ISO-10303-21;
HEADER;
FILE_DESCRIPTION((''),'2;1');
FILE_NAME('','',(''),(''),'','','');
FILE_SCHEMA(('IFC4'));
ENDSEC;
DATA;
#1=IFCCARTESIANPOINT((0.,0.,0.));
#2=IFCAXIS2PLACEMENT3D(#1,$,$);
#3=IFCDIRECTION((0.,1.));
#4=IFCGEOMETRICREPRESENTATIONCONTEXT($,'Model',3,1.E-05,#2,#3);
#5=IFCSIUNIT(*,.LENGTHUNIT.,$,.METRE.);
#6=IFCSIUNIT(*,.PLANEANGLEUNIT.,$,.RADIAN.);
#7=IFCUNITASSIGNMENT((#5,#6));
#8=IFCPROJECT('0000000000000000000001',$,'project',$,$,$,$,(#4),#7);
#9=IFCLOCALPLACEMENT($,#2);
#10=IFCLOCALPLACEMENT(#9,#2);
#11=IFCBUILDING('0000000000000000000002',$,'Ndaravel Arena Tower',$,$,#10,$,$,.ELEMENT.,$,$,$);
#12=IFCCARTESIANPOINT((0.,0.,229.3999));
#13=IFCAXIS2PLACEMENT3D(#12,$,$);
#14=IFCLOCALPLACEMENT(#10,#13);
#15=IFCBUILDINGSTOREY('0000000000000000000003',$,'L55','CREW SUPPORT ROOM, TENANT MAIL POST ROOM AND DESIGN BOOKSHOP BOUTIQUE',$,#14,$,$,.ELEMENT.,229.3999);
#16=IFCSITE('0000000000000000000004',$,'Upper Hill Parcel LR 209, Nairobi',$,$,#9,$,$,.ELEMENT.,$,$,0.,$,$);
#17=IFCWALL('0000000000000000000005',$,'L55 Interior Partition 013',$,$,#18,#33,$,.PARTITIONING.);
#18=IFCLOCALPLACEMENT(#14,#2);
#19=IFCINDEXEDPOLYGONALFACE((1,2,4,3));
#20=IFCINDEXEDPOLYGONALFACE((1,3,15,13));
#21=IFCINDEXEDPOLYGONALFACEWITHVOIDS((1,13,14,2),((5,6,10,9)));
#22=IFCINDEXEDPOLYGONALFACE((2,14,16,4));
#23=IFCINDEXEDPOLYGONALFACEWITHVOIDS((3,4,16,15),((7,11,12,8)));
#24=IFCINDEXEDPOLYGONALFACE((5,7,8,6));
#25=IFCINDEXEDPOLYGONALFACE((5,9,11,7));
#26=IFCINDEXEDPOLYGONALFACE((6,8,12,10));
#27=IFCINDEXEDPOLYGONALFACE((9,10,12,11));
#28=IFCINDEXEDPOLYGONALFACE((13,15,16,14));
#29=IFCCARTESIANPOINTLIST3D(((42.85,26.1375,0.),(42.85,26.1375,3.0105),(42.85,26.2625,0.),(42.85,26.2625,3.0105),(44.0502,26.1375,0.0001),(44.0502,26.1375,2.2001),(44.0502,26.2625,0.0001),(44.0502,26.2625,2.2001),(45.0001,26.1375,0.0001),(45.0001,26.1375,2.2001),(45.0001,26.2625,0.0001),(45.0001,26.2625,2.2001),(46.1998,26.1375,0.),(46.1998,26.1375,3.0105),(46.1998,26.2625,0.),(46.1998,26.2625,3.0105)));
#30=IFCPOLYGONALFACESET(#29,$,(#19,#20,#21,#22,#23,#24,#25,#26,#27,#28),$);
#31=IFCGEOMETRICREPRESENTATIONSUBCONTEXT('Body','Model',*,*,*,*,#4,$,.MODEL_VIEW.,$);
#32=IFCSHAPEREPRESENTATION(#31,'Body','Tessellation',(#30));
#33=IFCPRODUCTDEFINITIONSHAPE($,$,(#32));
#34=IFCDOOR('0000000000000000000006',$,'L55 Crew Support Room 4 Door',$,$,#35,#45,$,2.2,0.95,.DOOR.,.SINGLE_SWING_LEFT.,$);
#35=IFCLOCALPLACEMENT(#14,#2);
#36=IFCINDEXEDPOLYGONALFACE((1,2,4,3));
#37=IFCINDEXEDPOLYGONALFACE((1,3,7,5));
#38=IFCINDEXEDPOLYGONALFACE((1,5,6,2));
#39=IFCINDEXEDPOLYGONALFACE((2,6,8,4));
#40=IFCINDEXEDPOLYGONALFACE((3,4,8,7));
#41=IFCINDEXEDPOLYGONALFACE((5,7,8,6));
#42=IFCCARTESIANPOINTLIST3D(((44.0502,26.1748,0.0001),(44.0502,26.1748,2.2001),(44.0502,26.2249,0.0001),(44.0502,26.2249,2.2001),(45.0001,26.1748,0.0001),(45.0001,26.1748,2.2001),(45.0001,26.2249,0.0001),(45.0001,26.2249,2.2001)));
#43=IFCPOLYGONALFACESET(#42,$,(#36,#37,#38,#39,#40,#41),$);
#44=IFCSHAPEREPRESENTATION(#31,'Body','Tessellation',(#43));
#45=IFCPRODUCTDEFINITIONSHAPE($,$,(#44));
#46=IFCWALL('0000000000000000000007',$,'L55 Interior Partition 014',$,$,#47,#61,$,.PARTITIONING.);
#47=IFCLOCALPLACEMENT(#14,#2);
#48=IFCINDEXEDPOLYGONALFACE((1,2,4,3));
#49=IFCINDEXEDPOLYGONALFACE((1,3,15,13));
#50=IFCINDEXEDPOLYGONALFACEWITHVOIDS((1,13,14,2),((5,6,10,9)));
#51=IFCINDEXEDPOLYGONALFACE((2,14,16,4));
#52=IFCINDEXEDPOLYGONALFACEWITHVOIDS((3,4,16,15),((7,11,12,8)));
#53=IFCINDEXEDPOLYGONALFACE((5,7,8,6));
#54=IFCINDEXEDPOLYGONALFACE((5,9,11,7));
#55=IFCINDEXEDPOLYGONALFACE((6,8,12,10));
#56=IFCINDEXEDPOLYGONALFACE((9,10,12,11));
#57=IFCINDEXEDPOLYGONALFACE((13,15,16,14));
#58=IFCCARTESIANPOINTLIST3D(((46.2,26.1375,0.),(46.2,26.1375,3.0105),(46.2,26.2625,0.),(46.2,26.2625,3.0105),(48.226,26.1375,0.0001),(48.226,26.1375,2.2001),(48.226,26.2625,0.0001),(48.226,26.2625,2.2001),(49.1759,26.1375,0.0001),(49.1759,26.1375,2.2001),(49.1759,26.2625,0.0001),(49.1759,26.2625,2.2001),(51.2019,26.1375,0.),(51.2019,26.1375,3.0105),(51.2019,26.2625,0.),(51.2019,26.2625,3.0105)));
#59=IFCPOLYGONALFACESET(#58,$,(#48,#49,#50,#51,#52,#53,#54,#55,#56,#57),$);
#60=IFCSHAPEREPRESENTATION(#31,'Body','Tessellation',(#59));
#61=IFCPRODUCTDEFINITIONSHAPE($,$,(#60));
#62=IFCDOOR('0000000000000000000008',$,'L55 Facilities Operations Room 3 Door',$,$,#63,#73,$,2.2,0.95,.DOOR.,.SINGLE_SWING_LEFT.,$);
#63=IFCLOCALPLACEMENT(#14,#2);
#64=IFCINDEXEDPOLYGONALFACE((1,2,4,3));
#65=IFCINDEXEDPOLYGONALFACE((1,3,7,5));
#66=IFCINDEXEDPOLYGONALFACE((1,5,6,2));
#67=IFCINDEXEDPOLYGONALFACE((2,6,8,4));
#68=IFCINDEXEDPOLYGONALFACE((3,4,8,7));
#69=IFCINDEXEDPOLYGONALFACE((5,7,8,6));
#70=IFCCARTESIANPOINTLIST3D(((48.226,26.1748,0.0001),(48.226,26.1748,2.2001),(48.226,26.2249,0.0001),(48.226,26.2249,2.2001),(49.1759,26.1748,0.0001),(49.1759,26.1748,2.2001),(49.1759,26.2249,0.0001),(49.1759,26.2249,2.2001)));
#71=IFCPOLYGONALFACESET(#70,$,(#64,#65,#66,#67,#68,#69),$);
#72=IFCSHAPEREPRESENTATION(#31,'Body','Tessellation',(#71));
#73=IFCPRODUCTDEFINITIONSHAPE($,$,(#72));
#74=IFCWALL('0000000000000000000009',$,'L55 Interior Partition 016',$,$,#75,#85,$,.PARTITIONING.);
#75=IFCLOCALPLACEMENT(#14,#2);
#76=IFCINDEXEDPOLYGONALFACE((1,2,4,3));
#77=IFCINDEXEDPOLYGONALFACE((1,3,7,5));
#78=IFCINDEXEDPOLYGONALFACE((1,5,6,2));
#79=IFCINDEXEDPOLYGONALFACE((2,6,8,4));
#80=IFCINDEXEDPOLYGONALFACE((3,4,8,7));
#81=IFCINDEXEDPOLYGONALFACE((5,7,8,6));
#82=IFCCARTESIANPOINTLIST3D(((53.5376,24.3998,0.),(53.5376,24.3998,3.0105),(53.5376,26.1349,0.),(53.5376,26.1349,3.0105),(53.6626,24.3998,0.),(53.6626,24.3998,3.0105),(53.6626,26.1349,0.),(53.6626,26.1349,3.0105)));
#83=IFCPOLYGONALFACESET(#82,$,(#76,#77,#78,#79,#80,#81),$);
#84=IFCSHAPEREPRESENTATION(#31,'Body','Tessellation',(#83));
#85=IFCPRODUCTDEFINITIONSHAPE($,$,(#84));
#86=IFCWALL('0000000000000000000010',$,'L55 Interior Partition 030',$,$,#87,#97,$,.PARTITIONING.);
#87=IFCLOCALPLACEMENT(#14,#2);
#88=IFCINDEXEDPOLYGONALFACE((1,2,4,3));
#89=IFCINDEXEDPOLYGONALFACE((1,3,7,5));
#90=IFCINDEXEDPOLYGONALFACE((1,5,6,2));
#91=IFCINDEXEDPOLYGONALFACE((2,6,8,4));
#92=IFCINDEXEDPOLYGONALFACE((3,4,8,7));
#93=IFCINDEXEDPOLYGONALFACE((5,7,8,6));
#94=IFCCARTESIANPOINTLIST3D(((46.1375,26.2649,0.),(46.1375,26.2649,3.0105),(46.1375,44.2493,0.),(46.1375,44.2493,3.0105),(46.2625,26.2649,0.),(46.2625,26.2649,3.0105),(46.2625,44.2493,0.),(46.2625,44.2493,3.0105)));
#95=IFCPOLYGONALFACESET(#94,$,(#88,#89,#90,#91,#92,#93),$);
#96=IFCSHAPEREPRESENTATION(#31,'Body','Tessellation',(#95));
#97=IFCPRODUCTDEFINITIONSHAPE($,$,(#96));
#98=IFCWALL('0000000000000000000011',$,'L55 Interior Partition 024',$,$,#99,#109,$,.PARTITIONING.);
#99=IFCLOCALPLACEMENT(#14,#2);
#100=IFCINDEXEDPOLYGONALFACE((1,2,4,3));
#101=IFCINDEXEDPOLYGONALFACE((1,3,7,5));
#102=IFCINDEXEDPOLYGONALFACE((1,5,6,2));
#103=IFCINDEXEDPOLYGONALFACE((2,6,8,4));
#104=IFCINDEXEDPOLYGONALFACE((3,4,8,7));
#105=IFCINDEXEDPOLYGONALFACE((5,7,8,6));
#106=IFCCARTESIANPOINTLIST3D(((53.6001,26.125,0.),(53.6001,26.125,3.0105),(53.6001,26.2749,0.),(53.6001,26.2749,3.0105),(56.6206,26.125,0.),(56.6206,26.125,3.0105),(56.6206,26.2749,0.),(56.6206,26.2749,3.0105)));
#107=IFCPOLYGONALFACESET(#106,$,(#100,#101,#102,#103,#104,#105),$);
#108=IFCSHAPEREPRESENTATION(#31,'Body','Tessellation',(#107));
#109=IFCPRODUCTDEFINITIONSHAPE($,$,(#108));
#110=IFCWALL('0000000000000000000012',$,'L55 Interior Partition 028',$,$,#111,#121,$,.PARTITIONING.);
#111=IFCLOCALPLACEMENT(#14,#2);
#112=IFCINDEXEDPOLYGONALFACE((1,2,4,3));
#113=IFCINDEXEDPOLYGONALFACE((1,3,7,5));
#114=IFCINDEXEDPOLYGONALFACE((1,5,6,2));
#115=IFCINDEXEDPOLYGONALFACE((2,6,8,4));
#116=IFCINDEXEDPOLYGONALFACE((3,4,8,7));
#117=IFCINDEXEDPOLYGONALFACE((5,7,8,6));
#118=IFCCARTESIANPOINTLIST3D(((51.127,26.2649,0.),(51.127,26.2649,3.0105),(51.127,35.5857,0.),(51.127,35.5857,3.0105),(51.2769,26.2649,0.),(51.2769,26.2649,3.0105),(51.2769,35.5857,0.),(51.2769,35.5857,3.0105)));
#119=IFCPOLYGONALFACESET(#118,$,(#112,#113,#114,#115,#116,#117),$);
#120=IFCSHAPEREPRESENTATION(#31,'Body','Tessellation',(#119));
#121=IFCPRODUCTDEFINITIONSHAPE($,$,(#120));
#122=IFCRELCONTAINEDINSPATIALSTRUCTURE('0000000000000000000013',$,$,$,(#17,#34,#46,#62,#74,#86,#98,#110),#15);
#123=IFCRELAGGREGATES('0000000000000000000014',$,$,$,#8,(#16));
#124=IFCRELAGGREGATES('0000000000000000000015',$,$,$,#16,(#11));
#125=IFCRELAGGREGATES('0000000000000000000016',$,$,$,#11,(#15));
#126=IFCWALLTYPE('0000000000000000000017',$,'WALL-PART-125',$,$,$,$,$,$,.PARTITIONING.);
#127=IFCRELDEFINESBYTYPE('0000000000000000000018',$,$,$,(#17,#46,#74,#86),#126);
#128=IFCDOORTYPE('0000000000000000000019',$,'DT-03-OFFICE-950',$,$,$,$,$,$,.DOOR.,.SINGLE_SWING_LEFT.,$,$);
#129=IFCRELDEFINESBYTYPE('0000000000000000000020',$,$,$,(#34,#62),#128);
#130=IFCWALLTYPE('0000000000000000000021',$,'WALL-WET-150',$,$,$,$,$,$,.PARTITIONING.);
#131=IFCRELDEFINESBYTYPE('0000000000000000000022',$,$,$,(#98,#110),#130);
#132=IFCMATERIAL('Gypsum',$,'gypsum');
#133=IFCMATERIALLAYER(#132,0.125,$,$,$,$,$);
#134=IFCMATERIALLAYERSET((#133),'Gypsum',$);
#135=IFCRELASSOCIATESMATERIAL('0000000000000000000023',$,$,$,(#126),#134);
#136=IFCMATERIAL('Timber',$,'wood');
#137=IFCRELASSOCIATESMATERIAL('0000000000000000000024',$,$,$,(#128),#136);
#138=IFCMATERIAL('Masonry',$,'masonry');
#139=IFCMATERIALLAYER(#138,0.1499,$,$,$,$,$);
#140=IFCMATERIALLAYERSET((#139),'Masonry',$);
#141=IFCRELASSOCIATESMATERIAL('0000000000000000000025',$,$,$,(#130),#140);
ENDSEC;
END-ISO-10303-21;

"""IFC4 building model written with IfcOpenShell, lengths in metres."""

from ifc_helpers import new_model, si_unit, direction, frame, frame_2d, origin, place, context, subcontext, project, spatial, rectangle, extrude, material, layer, layer_set, type_object, element, fill, save


model = new_model("IFC4")

# Units and contexts
model_context = context("Model", 3, precision=1e-05, world=origin(), true_north=direction((0.0, 1.0)))
body_context = subcontext(model_context, "Body", "Model", "MODEL_VIEW")
ifc_project = project(units=[si_unit("LENGTHUNIT", "METRE"), si_unit("PLANEANGLEUNIT", "RADIAN")], contexts=[model_context])

# Site, building, storey
site_placement = place(None, origin())
site = spatial("IfcSite", under=ifc_project, at=site_placement, Name="Upper Hill Parcel LR 209, Nairobi", CompositionType="ELEMENT", RefElevation=0.0)
building_placement = place(site_placement, origin())
building = spatial("IfcBuilding", under=site, at=building_placement, Name="Ndaravel Arena Tower", CompositionType="ELEMENT")
storey_placement = place(building_placement, frame((0.0, 0.0, 229.3999)))
storey = spatial("IfcBuildingStorey", under=building, at=storey_placement, Name="L55", Description="CREW SUPPORT ROOM, TENANT MAIL POST ROOM AND DESIGN BOOKSHOP BOUTIQUE", CompositionType="ELEMENT", Elevation=229.3999)

# Walls, openings, doors
ifc_material_1 = material(Name="Gypsum", Category="gypsum")
ifc_layer_1 = layer(ifc_material_1, 0.125)
ifc_layer_set_1 = layer_set([ifc_layer_1], Name="Gypsum")
wall_type_1 = type_object("IfcWallType", Name="WALL-PART-125", PredefinedType="PARTITIONING", material=ifc_layer_set_1)
wall_1_placement = place(storey_placement, frame((42.8501, 26.2, 0.0), z_axis=(0.0, 0.0, 1.0), x_axis=(1.0, 0.0, 0.0)))
wall_1 = element("IfcWall", 1, at=wall_1_placement, inside=storey, type_object=wall_type_1, Name="L55 Interior Partition 013", PredefinedType="PARTITIONING", context=body_context, shape_type="SweptSolid", body=[
    extrude(rectangle(XDim=3.3499, YDim=0.125, at=frame_2d((1.6748, 0.0))), origin(), (0.0, 0.0, 1.0), 3.0105),
])
opening_1_placement = place(wall_1_placement, frame((1.2, 0.0, 0.0)))
opening_1 = element("IfcOpeningElement", 2, at=opening_1_placement, cuts=wall_1, PredefinedType="OPENING", context=body_context, shape_type="SweptSolid", body=[
    extrude(rectangle(XDim=0.95, YDim=2.2, at=frame_2d((0.4751, 1.1001))), frame((0.0, 0.0625, 0.0), z_axis=(0.0, -1.0, 0.0), x_axis=(1.0, 0.0, 0.0)), (0.0, 0.0, 1.0), 0.125),
])
ifc_material_2 = material(Name="Timber", Category="wood")
door_type_1 = type_object("IfcDoorType", Name="DT-03-OFFICE-950", OperationType="SINGLE_SWING_LEFT", PredefinedType="DOOR", material=ifc_material_2)
door_1_placement = place(opening_1_placement, origin())
door_1 = element("IfcDoor", 3, at=door_1_placement, inside=storey, type_object=door_type_1, Name="L55 Crew Support Room 4 Door", OperationType="SINGLE_SWING_LEFT", OverallHeight=2.2, OverallWidth=0.95, PredefinedType="DOOR", context=body_context, shape_type="SweptSolid", body=[
    extrude(rectangle(XDim=0.95, YDim=2.2, at=frame_2d((0.4751, 1.1001))), frame((0.0, 0.0249, 0.0), z_axis=(0.0, -1.0, 0.0), x_axis=(1.0, 0.0, 0.0)), (0.0, 0.0, 1.0), 0.05),
])
fill(opening_1, door_1)
wall_2_placement = place(storey_placement, frame((46.2, 26.2, 0.0), z_axis=(0.0, 0.0, 1.0), x_axis=(1.0, 0.0, 0.0)))
wall_2 = element("IfcWall", 4, at=wall_2_placement, inside=storey, type_object=wall_type_1, Name="L55 Interior Partition 014", PredefinedType="PARTITIONING", context=body_context, shape_type="SweptSolid", body=[
    extrude(rectangle(XDim=5.002, YDim=0.125, at=frame_2d((2.501, 0.0))), origin(), (0.0, 0.0, 1.0), 3.0105),
])
opening_2_placement = place(wall_2_placement, frame((2.0259, 0.0, 0.0)))
opening_2 = element("IfcOpeningElement", 5, at=opening_2_placement, cuts=wall_2, PredefinedType="OPENING", context=body_context, shape_type="SweptSolid", body=[
    extrude(rectangle(XDim=0.95, YDim=2.2, at=frame_2d((0.4751, 1.1001))), frame((0.0, 0.0625, 0.0), z_axis=(0.0, -1.0, 0.0), x_axis=(1.0, 0.0, 0.0)), (0.0, 0.0, 1.0), 0.125),
])
door_2_placement = place(opening_2_placement, origin())
door_2 = element("IfcDoor", 6, at=door_2_placement, inside=storey, type_object=door_type_1, Name="L55 Facilities Operations Room 3 Door", OperationType="SINGLE_SWING_LEFT", OverallHeight=2.2, OverallWidth=0.95, PredefinedType="DOOR", context=body_context, shape_type="SweptSolid", body=[
    extrude(rectangle(XDim=0.95, YDim=2.2, at=frame_2d((0.4751, 1.1001))), frame((0.0, 0.0249, 0.0), z_axis=(0.0, -1.0, 0.0), x_axis=(1.0, 0.0, 0.0)), (0.0, 0.0, 1.0), 0.05),
])
fill(opening_2, door_2)

# Walls
wall_3_placement = place(storey_placement, frame((53.6001, 26.135, 0.0), z_axis=(0.0, 0.0, 1.0), x_axis=(0.0, -1.0, 0.0)))
element("IfcWall", 7, at=wall_3_placement, inside=storey, type_object=wall_type_1, Name="L55 Interior Partition 016", PredefinedType="PARTITIONING", context=body_context, shape_type="SweptSolid", body=[
    extrude(rectangle(XDim=1.7351, YDim=0.125, at=frame_2d((0.8677, 0.0))), origin(), (0.0, 0.0, 1.0), 3.0105),
])
wall_4_placement = place(storey_placement, frame((46.2, 26.2649, 0.0), z_axis=(0.0, 0.0, 1.0), x_axis=(0.0, 1.0, 0.0)))
element("IfcWall", 8, at=wall_4_placement, inside=storey, type_object=wall_type_1, Name="L55 Interior Partition 030", PredefinedType="PARTITIONING", context=body_context, shape_type="SweptSolid", body=[
    extrude(rectangle(XDim=17.9844, YDim=0.125, at=frame_2d((8.9922, 0.0))), origin(), (0.0, 0.0, 1.0), 3.0105),
])

# Shared definitions
ifc_material_3 = material(Name="Masonry", Category="masonry")
ifc_layer_2 = layer(ifc_material_3, 0.1499)
ifc_layer_set_2 = layer_set([ifc_layer_2], Name="Masonry")
wall_type_2 = type_object("IfcWallType", Name="WALL-WET-150", PredefinedType="PARTITIONING", material=ifc_layer_set_2)

# Walls
wall_5_placement = place(storey_placement, frame((53.6001, 26.2, 0.0), z_axis=(0.0, 0.0, 1.0), x_axis=(1.0, 0.0, 0.0)))
element("IfcWall", 9, at=wall_5_placement, inside=storey, type_object=wall_type_2, Name="L55 Interior Partition 024", PredefinedType="PARTITIONING", context=body_context, shape_type="SweptSolid", body=[
    extrude(rectangle(XDim=3.0205, YDim=0.1499, at=frame_2d((1.5103, 0.0))), origin(), (0.0, 0.0, 1.0), 3.0105),
])
wall_6_placement = place(storey_placement, frame((51.2019, 26.2649, 0.0), z_axis=(0.0, 0.0, 1.0), x_axis=(0.0, 1.0, 0.0)))
element("IfcWall", 10, at=wall_6_placement, inside=storey, type_object=wall_type_2, Name="L55 Interior Partition 028", PredefinedType="PARTITIONING", context=body_context, shape_type="SweptSolid", body=[
    extrude(rectangle(XDim=9.3208, YDim=0.1499, at=frame_2d((4.6604, 0.0))), origin(), (0.0, 0.0, 1.0), 3.0105),
])

save(model, "model.ifc")
